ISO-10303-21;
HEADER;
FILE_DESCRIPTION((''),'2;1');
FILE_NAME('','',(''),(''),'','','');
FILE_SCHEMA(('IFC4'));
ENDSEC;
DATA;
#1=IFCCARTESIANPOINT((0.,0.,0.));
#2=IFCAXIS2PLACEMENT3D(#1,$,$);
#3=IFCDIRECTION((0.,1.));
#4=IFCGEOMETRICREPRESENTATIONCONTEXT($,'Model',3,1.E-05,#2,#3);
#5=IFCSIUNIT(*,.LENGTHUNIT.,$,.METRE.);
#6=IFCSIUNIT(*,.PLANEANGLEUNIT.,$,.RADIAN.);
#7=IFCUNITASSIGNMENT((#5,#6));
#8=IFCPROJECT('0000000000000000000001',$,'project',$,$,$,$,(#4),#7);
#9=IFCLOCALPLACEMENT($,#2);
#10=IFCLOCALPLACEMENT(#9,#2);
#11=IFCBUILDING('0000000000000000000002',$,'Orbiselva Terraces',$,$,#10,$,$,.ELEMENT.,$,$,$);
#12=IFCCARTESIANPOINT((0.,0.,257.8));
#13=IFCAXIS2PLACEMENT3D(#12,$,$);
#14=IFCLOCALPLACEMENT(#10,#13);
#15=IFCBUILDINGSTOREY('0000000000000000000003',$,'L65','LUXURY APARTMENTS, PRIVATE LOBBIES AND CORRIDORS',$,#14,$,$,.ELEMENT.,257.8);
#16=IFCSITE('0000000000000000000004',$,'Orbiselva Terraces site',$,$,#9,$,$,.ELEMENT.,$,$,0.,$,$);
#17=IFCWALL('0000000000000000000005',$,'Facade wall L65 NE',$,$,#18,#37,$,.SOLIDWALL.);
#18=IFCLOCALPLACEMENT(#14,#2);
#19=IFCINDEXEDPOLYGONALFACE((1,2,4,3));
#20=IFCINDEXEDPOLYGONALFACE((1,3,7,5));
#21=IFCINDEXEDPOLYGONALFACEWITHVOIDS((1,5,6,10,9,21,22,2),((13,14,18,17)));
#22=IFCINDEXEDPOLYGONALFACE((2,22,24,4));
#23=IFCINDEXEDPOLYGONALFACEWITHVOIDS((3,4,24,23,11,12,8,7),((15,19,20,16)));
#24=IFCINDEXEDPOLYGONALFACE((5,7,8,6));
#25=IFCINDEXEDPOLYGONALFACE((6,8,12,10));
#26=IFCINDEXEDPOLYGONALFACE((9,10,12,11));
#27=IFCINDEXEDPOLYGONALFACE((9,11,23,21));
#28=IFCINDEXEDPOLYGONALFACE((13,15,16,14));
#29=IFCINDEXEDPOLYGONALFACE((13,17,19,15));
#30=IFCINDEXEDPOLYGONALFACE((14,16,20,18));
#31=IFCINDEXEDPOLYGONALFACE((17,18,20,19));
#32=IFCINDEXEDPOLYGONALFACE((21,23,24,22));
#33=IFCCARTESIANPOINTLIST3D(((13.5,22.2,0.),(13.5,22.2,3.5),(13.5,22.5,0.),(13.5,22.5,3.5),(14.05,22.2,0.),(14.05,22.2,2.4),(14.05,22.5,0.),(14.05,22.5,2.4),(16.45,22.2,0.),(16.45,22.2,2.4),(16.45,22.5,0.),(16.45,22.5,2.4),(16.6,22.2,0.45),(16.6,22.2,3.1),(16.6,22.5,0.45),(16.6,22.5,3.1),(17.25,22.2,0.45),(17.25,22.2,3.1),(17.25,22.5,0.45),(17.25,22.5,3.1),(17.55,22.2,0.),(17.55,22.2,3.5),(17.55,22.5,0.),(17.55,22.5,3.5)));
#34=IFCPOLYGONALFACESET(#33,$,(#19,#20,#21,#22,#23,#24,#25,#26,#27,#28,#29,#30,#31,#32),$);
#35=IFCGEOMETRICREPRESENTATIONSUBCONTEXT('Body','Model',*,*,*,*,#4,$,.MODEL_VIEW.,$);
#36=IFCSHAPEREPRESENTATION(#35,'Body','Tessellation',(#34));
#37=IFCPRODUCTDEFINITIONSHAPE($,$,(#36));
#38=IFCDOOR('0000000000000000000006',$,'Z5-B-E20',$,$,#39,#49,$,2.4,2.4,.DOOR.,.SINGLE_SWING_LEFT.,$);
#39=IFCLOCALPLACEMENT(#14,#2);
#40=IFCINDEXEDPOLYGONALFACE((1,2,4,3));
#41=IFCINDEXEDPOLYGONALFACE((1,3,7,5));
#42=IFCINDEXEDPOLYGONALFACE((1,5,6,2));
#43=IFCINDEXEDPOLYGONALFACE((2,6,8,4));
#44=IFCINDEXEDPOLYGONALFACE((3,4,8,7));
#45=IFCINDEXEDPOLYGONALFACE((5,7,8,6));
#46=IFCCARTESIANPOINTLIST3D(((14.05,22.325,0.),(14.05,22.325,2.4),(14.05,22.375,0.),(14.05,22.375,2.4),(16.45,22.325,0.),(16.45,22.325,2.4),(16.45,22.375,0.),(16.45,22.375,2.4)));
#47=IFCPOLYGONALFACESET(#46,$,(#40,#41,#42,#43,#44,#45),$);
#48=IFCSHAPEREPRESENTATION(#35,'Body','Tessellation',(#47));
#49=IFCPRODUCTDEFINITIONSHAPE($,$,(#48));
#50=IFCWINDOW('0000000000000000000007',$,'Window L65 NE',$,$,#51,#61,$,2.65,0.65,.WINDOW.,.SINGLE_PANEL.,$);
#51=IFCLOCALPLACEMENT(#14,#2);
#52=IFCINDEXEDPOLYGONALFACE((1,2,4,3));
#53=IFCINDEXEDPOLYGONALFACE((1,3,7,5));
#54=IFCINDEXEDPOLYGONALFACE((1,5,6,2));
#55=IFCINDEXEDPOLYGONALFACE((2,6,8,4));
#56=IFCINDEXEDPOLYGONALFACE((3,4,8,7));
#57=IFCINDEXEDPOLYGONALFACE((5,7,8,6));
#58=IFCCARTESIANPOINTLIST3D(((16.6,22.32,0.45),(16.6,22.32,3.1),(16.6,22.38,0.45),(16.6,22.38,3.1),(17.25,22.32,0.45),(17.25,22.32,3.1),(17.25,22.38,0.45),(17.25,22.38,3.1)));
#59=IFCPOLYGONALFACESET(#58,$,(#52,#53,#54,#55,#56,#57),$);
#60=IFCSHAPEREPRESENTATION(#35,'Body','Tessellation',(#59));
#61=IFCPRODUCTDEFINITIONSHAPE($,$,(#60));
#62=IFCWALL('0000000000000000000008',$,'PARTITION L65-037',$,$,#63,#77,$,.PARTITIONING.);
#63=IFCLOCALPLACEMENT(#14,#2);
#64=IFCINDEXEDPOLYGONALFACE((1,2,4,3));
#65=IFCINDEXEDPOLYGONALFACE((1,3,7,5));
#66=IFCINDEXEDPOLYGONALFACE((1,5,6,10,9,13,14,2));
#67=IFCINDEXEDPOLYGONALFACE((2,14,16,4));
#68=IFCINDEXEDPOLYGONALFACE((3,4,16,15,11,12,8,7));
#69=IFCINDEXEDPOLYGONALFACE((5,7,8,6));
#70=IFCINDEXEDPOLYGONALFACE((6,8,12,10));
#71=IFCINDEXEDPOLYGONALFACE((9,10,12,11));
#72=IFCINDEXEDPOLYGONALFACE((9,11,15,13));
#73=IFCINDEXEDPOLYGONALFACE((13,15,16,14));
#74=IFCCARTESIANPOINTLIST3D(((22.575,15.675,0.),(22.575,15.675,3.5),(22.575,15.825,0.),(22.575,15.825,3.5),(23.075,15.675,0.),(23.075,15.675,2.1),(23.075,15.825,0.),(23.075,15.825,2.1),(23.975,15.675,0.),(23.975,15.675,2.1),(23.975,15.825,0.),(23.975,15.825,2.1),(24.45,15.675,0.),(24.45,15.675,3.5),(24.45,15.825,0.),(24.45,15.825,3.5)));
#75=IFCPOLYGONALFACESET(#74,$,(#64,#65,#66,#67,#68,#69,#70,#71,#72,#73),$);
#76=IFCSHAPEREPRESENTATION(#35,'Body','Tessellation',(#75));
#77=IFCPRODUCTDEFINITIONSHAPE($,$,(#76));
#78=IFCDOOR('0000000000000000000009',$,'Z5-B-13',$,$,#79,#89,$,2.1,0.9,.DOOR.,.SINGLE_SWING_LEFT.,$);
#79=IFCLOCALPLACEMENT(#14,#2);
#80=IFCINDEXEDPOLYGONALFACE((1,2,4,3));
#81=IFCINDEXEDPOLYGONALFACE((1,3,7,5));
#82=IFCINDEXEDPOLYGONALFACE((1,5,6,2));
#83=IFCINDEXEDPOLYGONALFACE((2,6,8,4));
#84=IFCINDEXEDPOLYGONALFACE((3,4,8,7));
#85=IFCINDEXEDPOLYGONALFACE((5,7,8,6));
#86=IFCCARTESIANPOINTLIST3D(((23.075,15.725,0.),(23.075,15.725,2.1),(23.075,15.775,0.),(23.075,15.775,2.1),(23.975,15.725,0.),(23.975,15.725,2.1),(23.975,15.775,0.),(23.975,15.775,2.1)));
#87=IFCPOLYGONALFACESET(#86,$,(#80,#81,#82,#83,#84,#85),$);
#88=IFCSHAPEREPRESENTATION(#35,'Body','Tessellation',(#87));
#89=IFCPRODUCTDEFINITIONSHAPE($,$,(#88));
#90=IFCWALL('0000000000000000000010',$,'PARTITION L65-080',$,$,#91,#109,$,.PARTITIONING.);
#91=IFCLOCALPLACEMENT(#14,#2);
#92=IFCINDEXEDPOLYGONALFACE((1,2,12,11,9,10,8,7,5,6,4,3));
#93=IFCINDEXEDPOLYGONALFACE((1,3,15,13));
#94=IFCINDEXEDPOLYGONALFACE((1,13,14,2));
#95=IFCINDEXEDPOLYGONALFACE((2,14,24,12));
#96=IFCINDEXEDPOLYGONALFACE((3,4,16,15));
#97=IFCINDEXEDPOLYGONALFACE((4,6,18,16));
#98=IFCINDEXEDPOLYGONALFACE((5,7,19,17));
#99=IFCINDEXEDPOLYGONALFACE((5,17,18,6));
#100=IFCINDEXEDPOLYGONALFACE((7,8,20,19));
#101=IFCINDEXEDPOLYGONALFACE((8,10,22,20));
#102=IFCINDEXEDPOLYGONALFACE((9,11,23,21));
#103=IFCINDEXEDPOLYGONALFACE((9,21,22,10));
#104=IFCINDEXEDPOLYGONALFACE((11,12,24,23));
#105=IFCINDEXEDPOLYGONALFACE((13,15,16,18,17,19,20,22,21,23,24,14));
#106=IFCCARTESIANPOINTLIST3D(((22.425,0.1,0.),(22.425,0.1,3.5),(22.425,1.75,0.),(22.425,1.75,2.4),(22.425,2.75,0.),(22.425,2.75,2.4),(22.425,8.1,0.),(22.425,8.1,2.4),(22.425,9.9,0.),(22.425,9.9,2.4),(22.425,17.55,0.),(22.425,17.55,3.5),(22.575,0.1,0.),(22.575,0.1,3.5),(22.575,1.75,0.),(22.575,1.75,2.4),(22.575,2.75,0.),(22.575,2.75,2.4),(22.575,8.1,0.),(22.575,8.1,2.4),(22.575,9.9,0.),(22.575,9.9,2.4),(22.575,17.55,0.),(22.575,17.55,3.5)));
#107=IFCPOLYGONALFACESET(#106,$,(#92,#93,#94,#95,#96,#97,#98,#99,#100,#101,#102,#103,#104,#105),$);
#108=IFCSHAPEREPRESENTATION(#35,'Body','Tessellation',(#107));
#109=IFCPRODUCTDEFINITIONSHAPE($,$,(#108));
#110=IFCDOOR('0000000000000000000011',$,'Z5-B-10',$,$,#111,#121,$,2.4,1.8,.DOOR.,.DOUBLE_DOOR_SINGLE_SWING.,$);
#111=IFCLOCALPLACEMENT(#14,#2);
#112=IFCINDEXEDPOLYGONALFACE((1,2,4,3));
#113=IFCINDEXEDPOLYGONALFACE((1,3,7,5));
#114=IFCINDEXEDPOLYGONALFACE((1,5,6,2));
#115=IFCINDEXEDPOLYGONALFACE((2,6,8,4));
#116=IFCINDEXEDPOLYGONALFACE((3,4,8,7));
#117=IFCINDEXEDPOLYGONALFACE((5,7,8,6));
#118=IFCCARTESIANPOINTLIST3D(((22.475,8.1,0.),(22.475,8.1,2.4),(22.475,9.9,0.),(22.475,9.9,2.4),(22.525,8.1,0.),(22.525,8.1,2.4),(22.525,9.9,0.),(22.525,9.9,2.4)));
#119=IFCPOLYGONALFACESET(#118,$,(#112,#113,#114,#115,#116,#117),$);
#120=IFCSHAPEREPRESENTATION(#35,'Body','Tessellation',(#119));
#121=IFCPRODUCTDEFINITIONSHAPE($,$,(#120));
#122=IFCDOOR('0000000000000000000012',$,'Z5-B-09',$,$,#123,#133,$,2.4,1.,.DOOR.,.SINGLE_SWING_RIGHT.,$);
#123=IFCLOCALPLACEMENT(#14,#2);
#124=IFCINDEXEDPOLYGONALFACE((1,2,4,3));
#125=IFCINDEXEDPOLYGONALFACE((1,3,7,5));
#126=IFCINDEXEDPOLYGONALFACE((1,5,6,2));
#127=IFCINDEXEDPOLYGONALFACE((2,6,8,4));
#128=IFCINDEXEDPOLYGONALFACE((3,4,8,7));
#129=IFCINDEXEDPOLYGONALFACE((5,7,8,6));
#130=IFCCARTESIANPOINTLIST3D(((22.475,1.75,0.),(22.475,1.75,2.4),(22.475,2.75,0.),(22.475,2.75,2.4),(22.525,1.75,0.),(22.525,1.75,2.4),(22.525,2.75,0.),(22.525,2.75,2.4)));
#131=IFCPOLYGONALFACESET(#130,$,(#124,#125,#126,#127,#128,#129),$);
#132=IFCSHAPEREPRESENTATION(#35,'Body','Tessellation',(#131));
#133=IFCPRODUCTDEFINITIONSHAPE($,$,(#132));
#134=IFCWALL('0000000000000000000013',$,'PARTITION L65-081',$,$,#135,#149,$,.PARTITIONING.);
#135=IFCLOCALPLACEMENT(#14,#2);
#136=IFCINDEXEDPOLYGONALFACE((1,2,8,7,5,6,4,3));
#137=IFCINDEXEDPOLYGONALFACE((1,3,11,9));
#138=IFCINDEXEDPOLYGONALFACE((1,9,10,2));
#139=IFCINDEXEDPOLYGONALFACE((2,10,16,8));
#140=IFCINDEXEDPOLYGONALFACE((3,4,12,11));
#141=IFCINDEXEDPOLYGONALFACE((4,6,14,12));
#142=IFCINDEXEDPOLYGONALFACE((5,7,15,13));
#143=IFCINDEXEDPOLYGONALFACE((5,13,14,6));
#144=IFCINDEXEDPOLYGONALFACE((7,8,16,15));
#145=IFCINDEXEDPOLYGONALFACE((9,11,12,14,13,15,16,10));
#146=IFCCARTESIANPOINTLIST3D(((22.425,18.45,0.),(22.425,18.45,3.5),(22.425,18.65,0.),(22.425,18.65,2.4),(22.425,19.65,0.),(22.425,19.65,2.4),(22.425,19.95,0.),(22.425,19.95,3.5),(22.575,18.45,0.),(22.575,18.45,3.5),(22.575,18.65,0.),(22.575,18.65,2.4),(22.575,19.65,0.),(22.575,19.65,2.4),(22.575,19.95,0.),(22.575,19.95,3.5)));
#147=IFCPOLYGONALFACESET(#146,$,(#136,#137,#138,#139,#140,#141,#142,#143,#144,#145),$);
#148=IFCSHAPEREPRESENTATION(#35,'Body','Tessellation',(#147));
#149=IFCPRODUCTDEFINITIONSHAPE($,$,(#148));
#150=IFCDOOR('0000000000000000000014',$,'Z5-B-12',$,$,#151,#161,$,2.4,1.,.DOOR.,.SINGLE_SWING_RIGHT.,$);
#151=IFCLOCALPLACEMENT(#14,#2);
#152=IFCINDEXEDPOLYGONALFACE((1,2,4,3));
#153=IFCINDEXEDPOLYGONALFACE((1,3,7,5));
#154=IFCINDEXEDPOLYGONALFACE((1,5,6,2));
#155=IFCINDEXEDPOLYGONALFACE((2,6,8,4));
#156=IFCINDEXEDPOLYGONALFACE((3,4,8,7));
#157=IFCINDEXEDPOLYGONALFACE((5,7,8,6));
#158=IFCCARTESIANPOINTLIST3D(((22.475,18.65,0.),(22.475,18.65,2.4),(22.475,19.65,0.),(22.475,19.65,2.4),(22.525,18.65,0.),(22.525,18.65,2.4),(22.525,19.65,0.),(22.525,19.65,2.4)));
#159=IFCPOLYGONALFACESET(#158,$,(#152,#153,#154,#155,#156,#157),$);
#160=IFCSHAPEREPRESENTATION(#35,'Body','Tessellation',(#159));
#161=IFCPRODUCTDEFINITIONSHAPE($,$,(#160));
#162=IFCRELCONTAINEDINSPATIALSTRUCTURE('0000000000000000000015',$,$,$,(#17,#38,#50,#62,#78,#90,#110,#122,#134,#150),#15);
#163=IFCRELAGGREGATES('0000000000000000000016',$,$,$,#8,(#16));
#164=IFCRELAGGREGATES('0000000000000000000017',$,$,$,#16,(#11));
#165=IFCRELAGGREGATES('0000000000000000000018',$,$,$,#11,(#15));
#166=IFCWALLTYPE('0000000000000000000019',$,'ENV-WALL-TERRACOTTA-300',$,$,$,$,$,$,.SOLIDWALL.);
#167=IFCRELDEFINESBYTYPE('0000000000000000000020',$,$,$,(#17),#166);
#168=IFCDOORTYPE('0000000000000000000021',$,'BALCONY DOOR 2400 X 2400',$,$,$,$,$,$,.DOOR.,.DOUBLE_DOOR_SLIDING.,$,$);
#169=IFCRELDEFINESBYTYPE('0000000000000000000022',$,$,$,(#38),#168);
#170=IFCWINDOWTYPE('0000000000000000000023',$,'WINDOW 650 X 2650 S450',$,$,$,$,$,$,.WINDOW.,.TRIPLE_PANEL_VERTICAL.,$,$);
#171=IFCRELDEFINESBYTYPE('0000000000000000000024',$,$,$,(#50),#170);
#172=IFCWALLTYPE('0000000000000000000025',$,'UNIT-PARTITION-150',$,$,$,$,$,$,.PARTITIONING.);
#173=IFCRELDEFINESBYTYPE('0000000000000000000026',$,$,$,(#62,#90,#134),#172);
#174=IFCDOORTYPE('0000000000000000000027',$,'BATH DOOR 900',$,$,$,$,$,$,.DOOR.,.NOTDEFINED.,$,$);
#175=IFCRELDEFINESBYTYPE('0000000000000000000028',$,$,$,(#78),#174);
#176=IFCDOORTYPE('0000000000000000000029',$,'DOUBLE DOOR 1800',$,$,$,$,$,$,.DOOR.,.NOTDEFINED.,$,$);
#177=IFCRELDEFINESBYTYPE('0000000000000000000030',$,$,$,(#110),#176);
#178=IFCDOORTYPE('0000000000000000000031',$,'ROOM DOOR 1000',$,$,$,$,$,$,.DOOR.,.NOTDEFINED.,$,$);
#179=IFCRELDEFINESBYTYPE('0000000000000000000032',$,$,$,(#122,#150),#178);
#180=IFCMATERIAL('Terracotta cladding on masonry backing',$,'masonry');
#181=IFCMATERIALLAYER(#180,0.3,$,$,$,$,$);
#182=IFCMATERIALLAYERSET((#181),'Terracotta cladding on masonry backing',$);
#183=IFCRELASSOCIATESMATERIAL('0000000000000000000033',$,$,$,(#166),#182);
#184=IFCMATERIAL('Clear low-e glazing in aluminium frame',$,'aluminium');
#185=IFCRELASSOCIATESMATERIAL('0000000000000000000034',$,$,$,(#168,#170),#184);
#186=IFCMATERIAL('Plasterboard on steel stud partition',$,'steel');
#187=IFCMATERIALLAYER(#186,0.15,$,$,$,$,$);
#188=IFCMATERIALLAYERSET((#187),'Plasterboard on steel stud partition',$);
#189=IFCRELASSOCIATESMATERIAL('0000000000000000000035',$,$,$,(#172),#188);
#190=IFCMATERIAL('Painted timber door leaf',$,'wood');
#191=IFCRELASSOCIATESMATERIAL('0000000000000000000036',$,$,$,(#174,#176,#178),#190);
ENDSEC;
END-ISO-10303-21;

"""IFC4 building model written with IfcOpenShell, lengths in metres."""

from ifc_helpers import new_model, si_unit, direction, frame, frame_2d, origin, place, context, subcontext, project, spatial, rectangle, extrude, material, layer, layer_set, type_object, element, fill, save


model = new_model("IFC4")

# Units and contexts
model_context = context("Model", 3, precision=1e-05, world=origin(), true_north=direction((0.0, 1.0)))
body_context = subcontext(model_context, "Body", "Model", "MODEL_VIEW")
ifc_project = project(units=[si_unit("LENGTHUNIT", "METRE"), si_unit("PLANEANGLEUNIT", "RADIAN")], contexts=[model_context])

# Site, building, storey
site_placement = place(None, origin())
site = spatial("IfcSite", under=ifc_project, at=site_placement, Name="Orbiselva Terraces site", CompositionType="ELEMENT", RefElevation=0.0)
building_placement = place(site_placement, origin())
building = spatial("IfcBuilding", under=site, at=building_placement, Name="Orbiselva Terraces", CompositionType="ELEMENT")
storey_placement = place(building_placement, frame((0.0, 0.0, 257.8)))
storey = spatial("IfcBuildingStorey", under=building, at=storey_placement, Name="L65", Description="LUXURY APARTMENTS, PRIVATE LOBBIES AND CORRIDORS", CompositionType="ELEMENT", Elevation=257.8)

# Shared definitions
ifc_material_1 = material(Name="Terracotta cladding on masonry backing", Category="masonry")
ifc_layer_1 = layer(ifc_material_1, 0.3)
ifc_layer_set_1 = layer_set([ifc_layer_1], Name="Terracotta cladding on masonry backing")
wall_type_1 = type_object("IfcWallType", Name="ENV-WALL-TERRACOTTA-300", PredefinedType="SOLIDWALL", material=ifc_layer_set_1)
ifc_material_2 = material(Name="Clear low-e glazing in aluminium frame", Category="aluminium")

# Wall, openings, door, window
wall_1_placement = place(storey_placement, frame((13.5, 22.35, 0.0), z_axis=(0.0, 0.0, 1.0), x_axis=(1.0, 0.0, 0.0)))
wall_1 = element("IfcWall", 1, at=wall_1_placement, inside=storey, type_object=wall_type_1, Name="Facade wall L65 NE", PredefinedType="SOLIDWALL", context=body_context, shape_type="SweptSolid", body=[
    extrude(rectangle(XDim=4.05, YDim=0.3, at=frame_2d((2.025, 0.0))), origin(), (0.0, 0.0, 1.0), 3.5),
])
opening_1_placement = place(wall_1_placement, frame((3.1, 0.0, 0.45)))
opening_1 = element("IfcOpeningElement", 2, at=opening_1_placement, cuts=wall_1, PredefinedType="OPENING", context=body_context, shape_type="SweptSolid", body=[
    extrude(rectangle(XDim=0.65, YDim=2.65, at=frame_2d((0.325, 1.325))), frame((0.0, 0.16, 0.0), z_axis=(0.0, -1.0, 0.0), x_axis=(1.0, 0.0, 0.0)), (0.0, 0.0, 1.0), 0.32),
])
opening_2_placement = place(wall_1_placement, frame((0.55, 0.0, 0.0)))
opening_2 = element("IfcOpeningElement", 3, at=opening_2_placement, cuts=wall_1, PredefinedType="OPENING", context=body_context, shape_type="SweptSolid", body=[
    extrude(rectangle(XDim=2.4, YDim=2.4, at=frame_2d((1.2, 1.2))), frame((0.0, 0.16, 0.0), z_axis=(0.0, -1.0, 0.0), x_axis=(1.0, 0.0, 0.0)), (0.0, 0.0, 1.0), 0.32),
])
door_type_1 = type_object("IfcDoorType", Name="BALCONY DOOR 2400 X 2400", OperationType="DOUBLE_DOOR_SLIDING", PredefinedType="DOOR", material=ifc_material_2)
door_1_placement = place(opening_2_placement, origin())
door_1 = element("IfcDoor", 4, at=door_1_placement, inside=storey, type_object=door_type_1, Name="Z5-B-E20", OperationType="SINGLE_SWING_LEFT", OverallHeight=2.4, OverallWidth=2.4, PredefinedType="DOOR", context=body_context, shape_type="SweptSolid", body=[
    extrude(rectangle(XDim=2.4, YDim=2.4, at=frame_2d((1.2, 1.2))), frame((0.0, 0.025, 0.0), z_axis=(0.0, -1.0, 0.0), x_axis=(1.0, 0.0, 0.0)), (0.0, 0.0, 1.0), 0.05),
])
fill(opening_2, door_1)
window_type_1 = type_object("IfcWindowType", Name="WINDOW 650 X 2650 S450", PartitioningType="TRIPLE_PANEL_VERTICAL", PredefinedType="WINDOW", material=ifc_material_2)
window_1_placement = place(opening_1_placement, origin())
window_1 = element("IfcWindow", 5, at=window_1_placement, inside=storey, type_object=window_type_1, Name="Window L65 NE", OverallHeight=2.65, OverallWidth=0.65, PartitioningType="SINGLE_PANEL", PredefinedType="WINDOW", context=body_context, shape_type="SweptSolid", body=[
    extrude(rectangle(XDim=0.65, YDim=2.65, at=frame_2d((0.325, 1.325))), frame((0.0, 0.03, 0.0), z_axis=(0.0, -1.0, 0.0), x_axis=(1.0, 0.0, 0.0)), (0.0, 0.0, 1.0), 0.06),
])
fill(opening_1, window_1)

# Wall, opening, door
ifc_material_3 = material(Name="Plasterboard on steel stud partition", Category="steel")
ifc_layer_2 = layer(ifc_material_3, 0.15)
ifc_layer_set_2 = layer_set([ifc_layer_2], Name="Plasterboard on steel stud partition")
wall_type_2 = type_object("IfcWallType", Name="UNIT-PARTITION-150", PredefinedType="PARTITIONING", material=ifc_layer_set_2)
wall_2_placement = place(storey_placement, frame((24.45, 15.75, 0.0), z_axis=(0.0, 0.0, 1.0), x_axis=(-1.0, 0.0, 0.0)))
wall_2 = element("IfcWall", 6, at=wall_2_placement, inside=storey, type_object=wall_type_2, Name="PARTITION L65-037", PredefinedType="PARTITIONING", context=body_context, shape_type="SweptSolid", body=[
    extrude(rectangle(XDim=1.875, YDim=0.15, at=frame_2d((0.9375, 0.0))), origin(), (0.0, 0.0, 1.0), 3.5),
])
opening_3_placement = place(wall_2_placement, frame((0.475, 0.0, 0.0)))
opening_3 = element("IfcOpeningElement", 7, at=opening_3_placement, cuts=wall_2, PredefinedType="OPENING", context=body_context, shape_type="SweptSolid", body=[
    extrude(rectangle(XDim=0.9, YDim=2.1, at=frame_2d((0.45, 1.05))), frame((0.0, 0.085, 0.0), z_axis=(0.0, -1.0, 0.0), x_axis=(1.0, 0.0, 0.0)), (0.0, 0.0, 1.0), 0.17),
])
ifc_material_4 = material(Name="Painted timber door leaf", Category="wood")
door_type_2 = type_object("IfcDoorType", Name="BATH DOOR 900", OperationType="NOTDEFINED", PredefinedType="DOOR", material=ifc_material_4)
door_2_placement = place(opening_3_placement, origin())
door_2 = element("IfcDoor", 8, at=door_2_placement, inside=storey, type_object=door_type_2, Name="Z5-B-13", OperationType="SINGLE_SWING_LEFT", OverallHeight=2.1, OverallWidth=0.9, PredefinedType="DOOR", context=body_context, shape_type="SweptSolid", body=[
    extrude(rectangle(XDim=0.9, YDim=2.1, at=frame_2d((0.45, 1.05))), frame((0.0, 0.025, 0.0), z_axis=(0.0, -1.0, 0.0), x_axis=(1.0, 0.0, 0.0)), (0.0, 0.0, 1.0), 0.05),
])
fill(opening_3, door_2)

# Wall, openings, doors
wall_3_placement = place(storey_placement, frame((22.5, 17.55, 0.0), z_axis=(0.0, 0.0, 1.0), x_axis=(0.0, -1.0, 0.0)))
wall_3 = element("IfcWall", 9, at=wall_3_placement, inside=storey, type_object=wall_type_2, Name="PARTITION L65-080", PredefinedType="PARTITIONING", context=body_context, shape_type="SweptSolid", body=[
    extrude(rectangle(XDim=17.45, YDim=0.15, at=frame_2d((8.725, 0.0))), origin(), (0.0, 0.0, 1.0), 3.5),
])
opening_4_placement = place(wall_3_placement, frame((14.8, 0.0, 0.0)))
opening_4 = element("IfcOpeningElement", 10, at=opening_4_placement, cuts=wall_3, PredefinedType="OPENING", context=body_context, shape_type="SweptSolid", body=[
    extrude(rectangle(XDim=1.0, YDim=2.4, at=frame_2d((0.5, 1.2))), frame((0.0, 0.085, 0.0), z_axis=(0.0, -1.0, 0.0), x_axis=(1.0, 0.0, 0.0)), (0.0, 0.0, 1.0), 0.17),
])
opening_5_placement = place(wall_3_placement, frame((7.65, 0.0, 0.0)))
opening_5 = element("IfcOpeningElement", 11, at=opening_5_placement, cuts=wall_3, PredefinedType="OPENING", context=body_context, shape_type="SweptSolid", body=[
    extrude(rectangle(XDim=1.8, YDim=2.4, at=frame_2d((0.9, 1.2))), frame((0.0, 0.085, 0.0), z_axis=(0.0, -1.0, 0.0), x_axis=(1.0, 0.0, 0.0)), (0.0, 0.0, 1.0), 0.17),
])
door_type_3 = type_object("IfcDoorType", Name="DOUBLE DOOR 1800", OperationType="NOTDEFINED", PredefinedType="DOOR", material=ifc_material_4)
door_3_placement = place(opening_5_placement, origin())
door_3 = element("IfcDoor", 12, at=door_3_placement, inside=storey, type_object=door_type_3, Name="Z5-B-10", OperationType="DOUBLE_DOOR_SINGLE_SWING", OverallHeight=2.4, OverallWidth=1.8, PredefinedType="DOOR", context=body_context, shape_type="SweptSolid", body=[
    extrude(rectangle(XDim=1.8, YDim=2.4, at=frame_2d((0.9, 1.2))), frame((0.0, 0.025, 0.0), z_axis=(0.0, -1.0, 0.0), x_axis=(1.0, 0.0, 0.0)), (0.0, 0.0, 1.0), 0.05),
])
fill(opening_5, door_3)
door_type_4 = type_object("IfcDoorType", Name="ROOM DOOR 1000", OperationType="NOTDEFINED", PredefinedType="DOOR", material=ifc_material_4)
door_4_placement = place(opening_4_placement, origin())
door_4 = element("IfcDoor", 13, at=door_4_placement, inside=storey, type_object=door_type_4, Name="Z5-B-09", OperationType="SINGLE_SWING_RIGHT", OverallHeight=2.4, OverallWidth=1.0, PredefinedType="DOOR", context=body_context, shape_type="SweptSolid", body=[
    extrude(rectangle(XDim=1.0, YDim=2.4, at=frame_2d((0.5, 1.2))), frame((0.0, 0.025, 0.0), z_axis=(0.0, -1.0, 0.0), x_axis=(1.0, 0.0, 0.0)), (0.0, 0.0, 1.0), 0.05),
])
fill(opening_4, door_4)

# Wall, opening, door
wall_4_placement = place(storey_placement, frame((22.5, 19.95, 0.0), z_axis=(0.0, 0.0, 1.0), x_axis=(0.0, -1.0, 0.0)))
wall_4 = element("IfcWall", 14, at=wall_4_placement, inside=storey, type_object=wall_type_2, Name="PARTITION L65-081", PredefinedType="PARTITIONING", context=body_context, shape_type="SweptSolid", body=[
    extrude(rectangle(XDim=1.5, YDim=0.15, at=frame_2d((0.75, 0.0))), origin(), (0.0, 0.0, 1.0), 3.5),
])
opening_6_placement = place(wall_4_placement, frame((0.3, 0.0, 0.0)))
opening_6 = element("IfcOpeningElement", 15, at=opening_6_placement, cuts=wall_4, PredefinedType="OPENING", context=body_context, shape_type="SweptSolid", body=[
    extrude(rectangle(XDim=1.0, YDim=2.4, at=frame_2d((0.5, 1.2))), frame((0.0, 0.085, 0.0), z_axis=(0.0, -1.0, 0.0), x_axis=(1.0, 0.0, 0.0)), (0.0, 0.0, 1.0), 0.17),
])
door_5_placement = place(opening_6_placement, origin())
door_5 = element("IfcDoor", 16, at=door_5_placement, inside=storey, type_object=door_type_4, Name="Z5-B-12", OperationType="SINGLE_SWING_RIGHT", OverallHeight=2.4, OverallWidth=1.0, PredefinedType="DOOR", context=body_context, shape_type="SweptSolid", body=[
    extrude(rectangle(XDim=1.0, YDim=2.4, at=frame_2d((0.5, 1.2))), frame((0.0, 0.025, 0.0), z_axis=(0.0, -1.0, 0.0), x_axis=(1.0, 0.0, 0.0)), (0.0, 0.0, 1.0), 0.05),
])
fill(opening_6, door_5)

save(model, "model.ifc")
